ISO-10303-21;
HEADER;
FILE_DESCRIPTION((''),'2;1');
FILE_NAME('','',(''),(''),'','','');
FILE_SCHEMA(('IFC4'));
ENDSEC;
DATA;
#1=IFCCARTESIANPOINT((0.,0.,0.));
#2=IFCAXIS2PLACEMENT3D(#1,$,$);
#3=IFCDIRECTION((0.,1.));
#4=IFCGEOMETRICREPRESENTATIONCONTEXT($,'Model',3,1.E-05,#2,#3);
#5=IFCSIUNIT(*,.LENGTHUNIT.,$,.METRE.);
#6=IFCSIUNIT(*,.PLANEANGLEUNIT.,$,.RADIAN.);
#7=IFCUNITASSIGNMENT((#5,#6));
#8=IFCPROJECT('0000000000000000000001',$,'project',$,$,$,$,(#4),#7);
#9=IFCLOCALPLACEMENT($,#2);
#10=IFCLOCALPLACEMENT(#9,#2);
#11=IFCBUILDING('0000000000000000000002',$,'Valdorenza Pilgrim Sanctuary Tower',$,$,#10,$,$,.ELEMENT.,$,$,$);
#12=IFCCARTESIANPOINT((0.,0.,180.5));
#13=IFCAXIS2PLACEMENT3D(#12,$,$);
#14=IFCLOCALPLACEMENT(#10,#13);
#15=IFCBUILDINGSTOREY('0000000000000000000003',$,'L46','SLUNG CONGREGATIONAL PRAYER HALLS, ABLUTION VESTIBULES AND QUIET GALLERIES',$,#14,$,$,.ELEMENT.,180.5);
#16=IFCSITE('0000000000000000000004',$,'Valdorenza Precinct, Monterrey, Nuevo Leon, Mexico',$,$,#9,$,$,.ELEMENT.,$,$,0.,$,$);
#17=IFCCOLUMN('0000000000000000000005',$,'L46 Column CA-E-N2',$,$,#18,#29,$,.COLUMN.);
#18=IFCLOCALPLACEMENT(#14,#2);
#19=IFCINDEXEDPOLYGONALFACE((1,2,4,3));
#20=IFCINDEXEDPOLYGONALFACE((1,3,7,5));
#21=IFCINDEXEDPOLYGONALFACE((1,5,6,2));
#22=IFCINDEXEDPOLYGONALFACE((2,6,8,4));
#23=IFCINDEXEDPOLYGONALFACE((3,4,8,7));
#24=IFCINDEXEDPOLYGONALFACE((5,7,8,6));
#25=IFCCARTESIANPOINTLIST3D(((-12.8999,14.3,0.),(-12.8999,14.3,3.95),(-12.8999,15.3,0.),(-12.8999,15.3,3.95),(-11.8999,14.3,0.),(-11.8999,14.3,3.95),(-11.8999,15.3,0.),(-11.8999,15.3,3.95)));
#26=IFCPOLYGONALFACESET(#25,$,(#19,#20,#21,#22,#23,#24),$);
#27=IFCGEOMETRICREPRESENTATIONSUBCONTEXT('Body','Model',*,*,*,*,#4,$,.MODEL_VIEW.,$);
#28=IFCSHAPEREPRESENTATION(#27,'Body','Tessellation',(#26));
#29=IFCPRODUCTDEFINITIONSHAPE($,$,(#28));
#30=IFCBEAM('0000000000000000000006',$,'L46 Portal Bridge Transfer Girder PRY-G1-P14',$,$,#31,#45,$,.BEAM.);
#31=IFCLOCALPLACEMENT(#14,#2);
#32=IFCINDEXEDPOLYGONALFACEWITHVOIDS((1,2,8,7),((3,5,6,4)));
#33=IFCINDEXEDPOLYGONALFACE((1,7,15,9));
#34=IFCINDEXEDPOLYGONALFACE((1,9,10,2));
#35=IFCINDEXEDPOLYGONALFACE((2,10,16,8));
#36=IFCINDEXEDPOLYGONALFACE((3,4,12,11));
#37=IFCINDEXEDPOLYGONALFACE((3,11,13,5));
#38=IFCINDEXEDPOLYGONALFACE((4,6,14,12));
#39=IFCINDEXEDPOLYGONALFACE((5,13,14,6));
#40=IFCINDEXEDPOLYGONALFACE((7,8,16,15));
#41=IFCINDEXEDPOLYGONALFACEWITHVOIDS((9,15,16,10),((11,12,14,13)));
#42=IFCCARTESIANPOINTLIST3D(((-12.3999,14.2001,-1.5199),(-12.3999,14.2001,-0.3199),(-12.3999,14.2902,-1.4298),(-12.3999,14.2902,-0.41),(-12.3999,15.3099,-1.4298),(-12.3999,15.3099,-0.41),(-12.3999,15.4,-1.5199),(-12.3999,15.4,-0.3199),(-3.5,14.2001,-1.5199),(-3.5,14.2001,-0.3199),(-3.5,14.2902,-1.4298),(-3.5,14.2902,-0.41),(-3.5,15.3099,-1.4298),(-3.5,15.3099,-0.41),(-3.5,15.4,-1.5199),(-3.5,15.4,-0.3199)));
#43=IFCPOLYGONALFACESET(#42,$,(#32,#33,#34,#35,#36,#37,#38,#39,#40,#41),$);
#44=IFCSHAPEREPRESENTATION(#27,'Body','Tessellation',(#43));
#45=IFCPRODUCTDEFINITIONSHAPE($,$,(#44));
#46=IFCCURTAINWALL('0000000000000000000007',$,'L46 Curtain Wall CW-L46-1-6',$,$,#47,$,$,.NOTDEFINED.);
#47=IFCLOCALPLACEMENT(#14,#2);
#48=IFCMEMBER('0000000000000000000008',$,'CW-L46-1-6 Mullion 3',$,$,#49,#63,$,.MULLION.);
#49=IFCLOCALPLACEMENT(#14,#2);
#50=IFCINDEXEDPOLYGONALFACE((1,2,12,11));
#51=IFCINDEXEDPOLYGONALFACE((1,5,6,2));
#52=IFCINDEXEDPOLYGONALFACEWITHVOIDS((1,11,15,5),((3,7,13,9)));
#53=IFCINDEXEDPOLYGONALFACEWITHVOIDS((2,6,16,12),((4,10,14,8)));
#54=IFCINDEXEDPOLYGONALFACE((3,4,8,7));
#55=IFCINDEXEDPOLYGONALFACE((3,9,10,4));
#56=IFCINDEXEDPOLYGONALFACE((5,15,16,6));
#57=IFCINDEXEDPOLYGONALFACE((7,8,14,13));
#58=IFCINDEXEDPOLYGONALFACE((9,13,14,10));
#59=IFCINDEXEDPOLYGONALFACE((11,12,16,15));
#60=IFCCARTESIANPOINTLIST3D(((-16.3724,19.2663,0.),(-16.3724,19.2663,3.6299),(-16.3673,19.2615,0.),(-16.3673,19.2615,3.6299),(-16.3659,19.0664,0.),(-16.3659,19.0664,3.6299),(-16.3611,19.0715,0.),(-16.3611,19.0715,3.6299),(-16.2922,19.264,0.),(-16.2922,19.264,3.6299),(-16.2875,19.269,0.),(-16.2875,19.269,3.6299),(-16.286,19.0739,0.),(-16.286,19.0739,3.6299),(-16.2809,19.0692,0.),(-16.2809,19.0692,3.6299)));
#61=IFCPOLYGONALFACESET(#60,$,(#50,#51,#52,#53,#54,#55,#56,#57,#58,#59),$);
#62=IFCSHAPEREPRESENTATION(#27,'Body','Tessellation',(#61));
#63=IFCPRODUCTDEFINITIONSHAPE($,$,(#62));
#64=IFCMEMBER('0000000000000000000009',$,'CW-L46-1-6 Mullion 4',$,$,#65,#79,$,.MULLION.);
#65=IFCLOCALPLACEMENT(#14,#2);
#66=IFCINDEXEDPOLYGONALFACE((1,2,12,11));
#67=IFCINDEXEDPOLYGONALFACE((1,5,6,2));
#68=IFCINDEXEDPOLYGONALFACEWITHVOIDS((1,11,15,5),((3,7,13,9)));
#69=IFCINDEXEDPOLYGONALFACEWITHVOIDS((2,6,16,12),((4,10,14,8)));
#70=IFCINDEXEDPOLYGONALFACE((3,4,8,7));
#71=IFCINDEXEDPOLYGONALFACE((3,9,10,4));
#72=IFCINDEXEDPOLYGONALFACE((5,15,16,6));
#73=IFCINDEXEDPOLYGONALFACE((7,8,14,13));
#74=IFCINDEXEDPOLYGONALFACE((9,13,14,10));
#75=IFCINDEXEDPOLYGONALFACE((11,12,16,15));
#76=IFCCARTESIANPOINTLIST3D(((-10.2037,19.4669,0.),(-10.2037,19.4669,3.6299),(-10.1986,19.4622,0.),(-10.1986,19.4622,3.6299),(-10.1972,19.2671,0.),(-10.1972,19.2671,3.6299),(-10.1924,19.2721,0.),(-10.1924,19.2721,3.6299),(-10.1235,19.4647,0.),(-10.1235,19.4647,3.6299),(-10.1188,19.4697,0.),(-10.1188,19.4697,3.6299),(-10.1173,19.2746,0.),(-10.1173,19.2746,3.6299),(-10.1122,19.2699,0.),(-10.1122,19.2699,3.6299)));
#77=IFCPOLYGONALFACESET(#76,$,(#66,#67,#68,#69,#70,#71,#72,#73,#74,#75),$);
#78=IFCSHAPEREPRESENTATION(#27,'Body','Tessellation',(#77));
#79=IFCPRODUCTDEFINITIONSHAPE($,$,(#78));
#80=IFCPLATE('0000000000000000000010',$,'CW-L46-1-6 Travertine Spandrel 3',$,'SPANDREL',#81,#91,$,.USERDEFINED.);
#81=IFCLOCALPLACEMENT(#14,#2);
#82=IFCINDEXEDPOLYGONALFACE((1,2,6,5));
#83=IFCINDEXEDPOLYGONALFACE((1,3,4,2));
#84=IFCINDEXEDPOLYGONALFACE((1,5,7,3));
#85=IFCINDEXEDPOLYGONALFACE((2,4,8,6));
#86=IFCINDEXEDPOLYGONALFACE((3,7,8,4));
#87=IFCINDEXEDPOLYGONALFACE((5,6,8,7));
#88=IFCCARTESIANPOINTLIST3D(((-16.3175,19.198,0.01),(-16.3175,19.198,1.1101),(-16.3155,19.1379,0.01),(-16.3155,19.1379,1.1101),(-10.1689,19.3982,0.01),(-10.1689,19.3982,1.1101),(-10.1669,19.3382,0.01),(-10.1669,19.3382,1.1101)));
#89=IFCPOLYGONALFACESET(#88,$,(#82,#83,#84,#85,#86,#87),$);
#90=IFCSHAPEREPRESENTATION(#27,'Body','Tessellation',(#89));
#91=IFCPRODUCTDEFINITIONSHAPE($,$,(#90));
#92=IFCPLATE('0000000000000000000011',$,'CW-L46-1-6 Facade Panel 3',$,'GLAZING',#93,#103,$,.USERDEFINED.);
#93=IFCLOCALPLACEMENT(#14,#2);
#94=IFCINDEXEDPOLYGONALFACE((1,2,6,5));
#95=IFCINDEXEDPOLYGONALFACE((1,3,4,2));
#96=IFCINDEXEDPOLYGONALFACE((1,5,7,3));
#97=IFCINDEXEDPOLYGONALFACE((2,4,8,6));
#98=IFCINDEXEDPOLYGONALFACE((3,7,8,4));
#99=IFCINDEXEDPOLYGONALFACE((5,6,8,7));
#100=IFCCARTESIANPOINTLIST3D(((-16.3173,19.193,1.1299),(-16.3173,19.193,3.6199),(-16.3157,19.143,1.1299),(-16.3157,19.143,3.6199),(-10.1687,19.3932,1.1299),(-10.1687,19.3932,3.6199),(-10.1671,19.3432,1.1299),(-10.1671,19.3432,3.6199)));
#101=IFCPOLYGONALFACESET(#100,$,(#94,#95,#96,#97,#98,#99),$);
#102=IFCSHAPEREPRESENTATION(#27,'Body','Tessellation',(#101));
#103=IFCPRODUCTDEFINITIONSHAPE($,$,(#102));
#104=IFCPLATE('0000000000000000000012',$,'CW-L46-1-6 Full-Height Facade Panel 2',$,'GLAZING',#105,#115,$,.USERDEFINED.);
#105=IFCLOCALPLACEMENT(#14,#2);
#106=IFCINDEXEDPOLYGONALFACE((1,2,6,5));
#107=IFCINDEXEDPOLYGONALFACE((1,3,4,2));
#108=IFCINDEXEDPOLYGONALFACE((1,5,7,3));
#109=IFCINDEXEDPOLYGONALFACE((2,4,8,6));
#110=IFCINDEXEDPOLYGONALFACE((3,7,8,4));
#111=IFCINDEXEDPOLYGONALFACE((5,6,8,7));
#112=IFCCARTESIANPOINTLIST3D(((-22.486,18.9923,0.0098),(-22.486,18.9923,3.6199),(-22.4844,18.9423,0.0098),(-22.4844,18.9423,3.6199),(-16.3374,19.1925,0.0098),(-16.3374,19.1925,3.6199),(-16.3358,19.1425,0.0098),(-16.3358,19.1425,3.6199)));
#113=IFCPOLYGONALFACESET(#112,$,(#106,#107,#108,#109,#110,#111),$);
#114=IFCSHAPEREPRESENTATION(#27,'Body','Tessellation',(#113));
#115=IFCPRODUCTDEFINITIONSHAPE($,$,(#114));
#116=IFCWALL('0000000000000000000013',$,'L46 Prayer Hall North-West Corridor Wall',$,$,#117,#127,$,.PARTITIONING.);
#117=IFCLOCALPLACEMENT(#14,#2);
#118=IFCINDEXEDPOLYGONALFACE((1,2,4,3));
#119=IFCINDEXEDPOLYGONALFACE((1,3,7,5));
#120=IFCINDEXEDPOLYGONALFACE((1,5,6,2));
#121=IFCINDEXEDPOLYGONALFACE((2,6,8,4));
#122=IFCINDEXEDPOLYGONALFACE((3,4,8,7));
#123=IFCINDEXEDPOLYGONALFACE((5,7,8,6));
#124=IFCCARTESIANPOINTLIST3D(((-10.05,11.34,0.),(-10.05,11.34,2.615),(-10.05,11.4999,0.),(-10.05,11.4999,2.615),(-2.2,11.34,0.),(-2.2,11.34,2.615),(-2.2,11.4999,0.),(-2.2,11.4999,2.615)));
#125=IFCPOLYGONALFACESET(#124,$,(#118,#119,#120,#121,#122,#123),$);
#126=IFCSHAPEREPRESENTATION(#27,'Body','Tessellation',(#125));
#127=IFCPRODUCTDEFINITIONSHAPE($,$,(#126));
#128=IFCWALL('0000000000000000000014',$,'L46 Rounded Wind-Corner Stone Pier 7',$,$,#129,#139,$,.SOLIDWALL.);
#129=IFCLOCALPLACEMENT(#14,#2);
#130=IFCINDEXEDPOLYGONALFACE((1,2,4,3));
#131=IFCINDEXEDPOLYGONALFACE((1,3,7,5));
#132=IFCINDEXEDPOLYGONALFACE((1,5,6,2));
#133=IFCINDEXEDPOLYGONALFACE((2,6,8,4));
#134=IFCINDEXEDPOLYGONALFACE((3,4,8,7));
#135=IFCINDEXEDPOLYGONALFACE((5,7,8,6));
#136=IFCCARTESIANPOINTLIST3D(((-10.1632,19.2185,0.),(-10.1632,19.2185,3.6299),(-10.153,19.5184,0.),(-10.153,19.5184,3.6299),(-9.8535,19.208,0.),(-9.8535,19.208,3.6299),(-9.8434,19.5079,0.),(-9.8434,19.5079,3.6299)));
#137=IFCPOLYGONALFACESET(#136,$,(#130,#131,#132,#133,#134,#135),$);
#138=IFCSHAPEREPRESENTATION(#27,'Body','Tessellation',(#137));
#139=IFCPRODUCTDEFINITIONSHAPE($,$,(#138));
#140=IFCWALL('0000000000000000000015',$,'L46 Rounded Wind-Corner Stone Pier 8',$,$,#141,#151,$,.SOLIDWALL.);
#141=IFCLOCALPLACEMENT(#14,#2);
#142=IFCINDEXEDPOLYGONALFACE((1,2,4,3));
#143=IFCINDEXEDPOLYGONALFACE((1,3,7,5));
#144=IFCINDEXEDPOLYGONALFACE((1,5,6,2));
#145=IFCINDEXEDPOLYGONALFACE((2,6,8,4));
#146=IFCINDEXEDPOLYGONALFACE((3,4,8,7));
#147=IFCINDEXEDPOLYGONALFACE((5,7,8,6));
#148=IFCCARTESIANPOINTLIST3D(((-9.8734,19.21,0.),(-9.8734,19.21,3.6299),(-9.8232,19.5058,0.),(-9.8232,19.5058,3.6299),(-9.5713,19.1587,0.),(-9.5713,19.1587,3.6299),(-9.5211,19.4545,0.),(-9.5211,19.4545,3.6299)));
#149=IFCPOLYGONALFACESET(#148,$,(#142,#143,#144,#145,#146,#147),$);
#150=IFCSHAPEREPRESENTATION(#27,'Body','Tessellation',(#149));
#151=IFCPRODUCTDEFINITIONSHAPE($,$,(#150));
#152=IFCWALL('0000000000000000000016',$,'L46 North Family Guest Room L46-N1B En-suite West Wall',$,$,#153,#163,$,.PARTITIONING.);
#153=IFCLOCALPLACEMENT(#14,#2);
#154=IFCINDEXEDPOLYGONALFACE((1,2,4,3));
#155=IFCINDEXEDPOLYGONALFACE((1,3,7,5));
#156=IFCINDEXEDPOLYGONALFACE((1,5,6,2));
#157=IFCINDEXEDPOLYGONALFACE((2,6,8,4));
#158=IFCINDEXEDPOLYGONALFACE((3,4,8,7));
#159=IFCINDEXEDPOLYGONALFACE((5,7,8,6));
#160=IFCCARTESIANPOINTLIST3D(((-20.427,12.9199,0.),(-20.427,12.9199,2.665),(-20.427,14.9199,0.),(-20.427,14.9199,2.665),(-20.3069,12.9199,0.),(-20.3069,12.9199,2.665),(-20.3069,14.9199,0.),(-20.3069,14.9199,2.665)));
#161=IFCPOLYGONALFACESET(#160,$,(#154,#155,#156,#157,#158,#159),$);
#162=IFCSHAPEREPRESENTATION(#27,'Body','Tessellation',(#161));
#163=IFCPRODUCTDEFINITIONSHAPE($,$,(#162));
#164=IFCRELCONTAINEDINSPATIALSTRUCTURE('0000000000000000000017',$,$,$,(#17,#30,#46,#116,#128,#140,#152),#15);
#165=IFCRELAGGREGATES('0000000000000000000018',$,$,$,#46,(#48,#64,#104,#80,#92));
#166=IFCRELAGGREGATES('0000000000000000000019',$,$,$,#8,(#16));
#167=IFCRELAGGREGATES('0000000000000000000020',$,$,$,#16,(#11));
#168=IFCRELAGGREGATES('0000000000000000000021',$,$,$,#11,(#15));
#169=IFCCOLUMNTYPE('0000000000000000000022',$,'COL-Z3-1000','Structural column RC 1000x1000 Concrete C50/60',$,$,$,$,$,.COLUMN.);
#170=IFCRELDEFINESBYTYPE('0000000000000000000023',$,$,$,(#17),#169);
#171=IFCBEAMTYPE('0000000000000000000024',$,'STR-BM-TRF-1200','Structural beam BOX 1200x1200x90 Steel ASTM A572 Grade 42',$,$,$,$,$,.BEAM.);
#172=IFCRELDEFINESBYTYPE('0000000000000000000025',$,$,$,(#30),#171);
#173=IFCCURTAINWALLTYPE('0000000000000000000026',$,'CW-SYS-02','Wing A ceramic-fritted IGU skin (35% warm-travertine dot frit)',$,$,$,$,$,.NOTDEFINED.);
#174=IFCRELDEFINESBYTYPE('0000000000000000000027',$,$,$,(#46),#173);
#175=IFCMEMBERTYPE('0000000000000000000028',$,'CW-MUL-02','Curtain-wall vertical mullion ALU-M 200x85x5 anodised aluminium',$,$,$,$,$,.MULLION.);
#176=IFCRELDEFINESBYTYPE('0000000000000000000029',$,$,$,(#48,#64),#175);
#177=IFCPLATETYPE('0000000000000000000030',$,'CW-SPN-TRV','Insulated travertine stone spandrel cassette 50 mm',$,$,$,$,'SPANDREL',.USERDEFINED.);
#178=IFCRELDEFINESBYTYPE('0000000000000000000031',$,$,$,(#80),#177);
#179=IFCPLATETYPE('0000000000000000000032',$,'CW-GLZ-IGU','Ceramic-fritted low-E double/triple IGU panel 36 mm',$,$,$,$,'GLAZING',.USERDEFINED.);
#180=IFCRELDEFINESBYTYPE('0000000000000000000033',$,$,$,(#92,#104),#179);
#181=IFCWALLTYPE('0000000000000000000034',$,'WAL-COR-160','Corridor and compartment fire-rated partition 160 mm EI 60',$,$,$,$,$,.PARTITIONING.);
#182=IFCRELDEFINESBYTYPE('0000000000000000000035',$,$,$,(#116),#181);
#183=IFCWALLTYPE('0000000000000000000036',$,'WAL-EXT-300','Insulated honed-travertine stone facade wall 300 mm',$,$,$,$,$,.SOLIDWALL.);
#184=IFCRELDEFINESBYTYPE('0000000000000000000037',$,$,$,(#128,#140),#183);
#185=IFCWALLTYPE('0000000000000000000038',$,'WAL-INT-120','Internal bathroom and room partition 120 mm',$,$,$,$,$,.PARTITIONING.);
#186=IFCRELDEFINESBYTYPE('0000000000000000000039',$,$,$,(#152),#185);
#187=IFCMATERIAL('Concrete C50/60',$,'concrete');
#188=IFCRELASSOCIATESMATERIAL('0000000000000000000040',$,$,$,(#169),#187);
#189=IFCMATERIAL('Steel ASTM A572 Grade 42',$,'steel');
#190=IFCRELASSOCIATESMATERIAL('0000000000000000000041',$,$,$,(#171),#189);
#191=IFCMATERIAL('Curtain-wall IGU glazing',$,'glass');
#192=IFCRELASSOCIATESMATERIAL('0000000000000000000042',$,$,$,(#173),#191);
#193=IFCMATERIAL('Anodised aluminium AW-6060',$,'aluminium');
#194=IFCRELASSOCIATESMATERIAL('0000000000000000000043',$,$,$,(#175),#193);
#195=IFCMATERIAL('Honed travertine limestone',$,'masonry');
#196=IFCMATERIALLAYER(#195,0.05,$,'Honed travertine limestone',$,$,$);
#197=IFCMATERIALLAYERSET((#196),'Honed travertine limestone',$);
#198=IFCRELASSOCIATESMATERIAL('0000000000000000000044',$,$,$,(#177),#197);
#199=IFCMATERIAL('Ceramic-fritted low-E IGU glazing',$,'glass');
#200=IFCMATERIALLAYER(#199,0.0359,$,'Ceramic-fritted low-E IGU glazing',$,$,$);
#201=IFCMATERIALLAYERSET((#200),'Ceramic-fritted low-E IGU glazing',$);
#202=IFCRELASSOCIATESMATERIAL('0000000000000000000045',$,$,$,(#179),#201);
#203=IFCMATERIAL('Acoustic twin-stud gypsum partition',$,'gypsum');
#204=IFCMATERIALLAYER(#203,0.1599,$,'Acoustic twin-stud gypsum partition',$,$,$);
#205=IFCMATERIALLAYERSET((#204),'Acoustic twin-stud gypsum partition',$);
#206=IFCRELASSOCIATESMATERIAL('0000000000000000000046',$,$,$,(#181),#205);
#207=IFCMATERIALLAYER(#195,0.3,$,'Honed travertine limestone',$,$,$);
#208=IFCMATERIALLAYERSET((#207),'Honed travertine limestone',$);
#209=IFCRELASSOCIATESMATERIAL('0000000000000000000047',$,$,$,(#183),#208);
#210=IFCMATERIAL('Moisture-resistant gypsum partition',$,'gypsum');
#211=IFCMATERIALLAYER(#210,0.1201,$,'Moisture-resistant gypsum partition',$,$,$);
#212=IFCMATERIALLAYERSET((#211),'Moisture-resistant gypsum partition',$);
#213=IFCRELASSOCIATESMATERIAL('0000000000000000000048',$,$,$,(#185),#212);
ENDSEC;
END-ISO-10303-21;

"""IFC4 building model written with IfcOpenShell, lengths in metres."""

from ifc_helpers import new_model, si_unit, direction, frame, frame_2d, origin, origin_2d, place, context, subcontext, project, spatial, rectangle, hollow_rectangle, extrude, source, transform, mapped, material, layer, layer_set, material_profile, profile_set, type_object, element, aggregate, save


model = new_model("IFC4")

# Units and contexts
model_context = context("Model", 3, precision=1e-05, world=origin(), true_north=direction((0.0, 1.0)))
body_context = subcontext(model_context, "Body", "Model", "MODEL_VIEW")
ifc_project = project(units=[si_unit("LENGTHUNIT", "METRE"), si_unit("PLANEANGLEUNIT", "RADIAN")], contexts=[model_context])

# Site, building, storey
site_placement = place(None, origin())
site = spatial("IfcSite", under=ifc_project, at=site_placement, Name="Valdorenza Precinct, Monterrey, Nuevo Leon, Mexico", CompositionType="ELEMENT", RefElevation=0.0)
building_placement = place(site_placement, origin())
building = spatial("IfcBuilding", under=site, at=building_placement, Name="Valdorenza Pilgrim Sanctuary Tower", CompositionType="ELEMENT")
storey_placement = place(building_placement, frame((0.0, 0.0, 180.5)))
storey = spatial("IfcBuildingStorey", under=building, at=storey_placement, Name="L46", Description="SLUNG CONGREGATIONAL PRAYER HALLS, ABLUTION VESTIBULES AND QUIET GALLERIES", CompositionType="ELEMENT", Elevation=180.5)

# Column
ifc_material_1 = material(Name="Concrete C50/60", Category="concrete")
ifc_material_profile_1 = material_profile(ifc_material_1, rectangle(XDim=1.0, YDim=1.0, at=origin_2d()), Name="RC 1000x1000")
ifc_profile_set_1 = profile_set([ifc_material_profile_1], Name="Concrete C50/60")
column_type = type_object("IfcColumnType", Name="COL-Z3-1000", Description="Structural column RC 1000x1000 Concrete C50/60", PredefinedType="COLUMN", material=ifc_profile_set_1)
shared_shape_1 = source(origin(), body_context, "Body", "SweptSolid", [
    extrude(rectangle(XDim=1.0, YDim=1.0, at=origin_2d()), origin(), (0.0, 0.0, 1.0), 3.95),
])
column_placement = place(storey_placement, frame((-12.3999, 14.8, 0.0), z_axis=(0.0, 0.0, 1.0), x_axis=(1.0, 0.0, 0.0)))
element("IfcColumn", 1, at=column_placement, inside=storey, type_object=column_type, Name="L46 Column CA-E-N2", PredefinedType="COLUMN", context=body_context, shape_type="MappedRepresentation", body=[
    mapped(shared_shape_1, transform((0.0, 0.0, 0.0), x_axis=(1.0, 0.0, 0.0), y_axis=(0.0, 1.0, 0.0), z_axis=(0.0, 0.0, 1.0), scale=1.0)),
])

# Beam
ifc_material_2 = material(Name="Steel ASTM A572 Grade 42", Category="steel")
ifc_material_profile_2 = material_profile(ifc_material_2, hollow_rectangle(XDim=1.2, YDim=1.2, WallThickness=0.0901, at=origin_2d()), Name="BOX 1200x1200x90")
ifc_profile_set_2 = profile_set([ifc_material_profile_2], Name="Steel ASTM A572 Grade 42")
beam_type = type_object("IfcBeamType", Name="STR-BM-TRF-1200", Description="Structural beam BOX 1200x1200x90 Steel ASTM A572 Grade 42", PredefinedType="BEAM", material=ifc_profile_set_2)
shared_shape_2 = source(origin(), body_context, "Body", "SweptSolid", [
    extrude(hollow_rectangle(XDim=1.2, YDim=1.2, WallThickness=0.0901, at=origin_2d()), origin(), (0.0, 0.0, 1.0), 8.8999),
])
beam_placement = place(storey_placement, frame((-12.3999, 14.8, -0.9199), z_axis=(1.0, 0.0, 0.0), x_axis=(0.0, 1.0, 0.0)))
element("IfcBeam", 2, at=beam_placement, inside=storey, type_object=beam_type, Name="L46 Portal Bridge Transfer Girder PRY-G1-P14", PredefinedType="BEAM", context=body_context, shape_type="MappedRepresentation", body=[
    mapped(shared_shape_2, transform((0.0, 0.0, 0.0), x_axis=(1.0, 0.0, 0.0), y_axis=(0.0, 1.0, 0.0), z_axis=(0.0, 0.0, 1.0), scale=1.0)),
])

# Curtain wall, members, plates
ifc_material_3 = material(Name="Curtain-wall IGU glazing", Category="glass")
curtain_wall_type = type_object("IfcCurtainWallType", Name="CW-SYS-02", Description="Wing A ceramic-fritted IGU skin (35% warm-travertine dot frit)", PredefinedType="NOTDEFINED", material=ifc_material_3)
curtain_wall_placement = place(storey_placement, origin())
curtain_wall = element("IfcCurtainWall", 3, at=curtain_wall_placement, inside=storey, type_object=curtain_wall_type, Name="L46 Curtain Wall CW-L46-1-6", PredefinedType="NOTDEFINED")
ifc_material_4 = material(Name="Anodised aluminium AW-6060", Category="aluminium")
ifc_material_profile_3 = material_profile(ifc_material_4, hollow_rectangle(XDim=0.085, YDim=0.2, WallThickness=0.0049, at=origin_2d()), Name="ALU-M 200x85x5")
ifc_profile_set_3 = profile_set([ifc_material_profile_3], Name="Anodised aluminium AW-6060")
member_type = type_object("IfcMemberType", Name="CW-MUL-02", Description="Curtain-wall vertical mullion ALU-M 200x85x5 anodised aluminium", PredefinedType="MULLION", material=ifc_profile_set_3)
shared_shape_3 = source(origin(), body_context, "Body", "SweptSolid", [
    extrude(hollow_rectangle(XDim=0.085, YDim=0.2, WallThickness=0.0049, at=origin_2d()), origin(), (0.0, 0.0, 1.0), 3.6299),
])
member_1_placement = place(storey_placement, frame((-16.3267, 19.1677, 0.0), z_axis=(0.0, 0.0, 1.0), x_axis=(0.99947, 0.032545, 0.0)))
member_1 = element("IfcMember", 4, at=member_1_placement, type_object=member_type, Name="CW-L46-1-6 Mullion 3", PredefinedType="MULLION", context=body_context, shape_type="MappedRepresentation", body=[
    mapped(shared_shape_3, transform((0.0, 0.0, 0.0), x_axis=(1.0, 0.0, 0.0), y_axis=(0.0, 1.0, 0.0), z_axis=(0.0, 0.0, 1.0), scale=1.0)),
])
member_2_placement = place(storey_placement, frame((-10.158, 19.3684, 0.0), z_axis=(0.0, 0.0, 1.0), x_axis=(0.99947, 0.032545, 0.0)))
member_2 = element("IfcMember", 5, at=member_2_placement, type_object=member_type, Name="CW-L46-1-6 Mullion 4", PredefinedType="MULLION", context=body_context, shape_type="MappedRepresentation", body=[
    mapped(shared_shape_3, transform((0.0, 0.0, 0.0), x_axis=(1.0, 0.0, 0.0), y_axis=(0.0, 1.0, 0.0), z_axis=(0.0, 0.0, 1.0), scale=1.0)),
])
ifc_material_5 = material(Name="Honed travertine limestone", Category="masonry")
ifc_layer_1 = layer(ifc_material_5, 0.05, Name="Honed travertine limestone")
ifc_layer_set_1 = layer_set([ifc_layer_1], Name="Honed travertine limestone")
plate_type_1 = type_object("IfcPlateType", Name="CW-SPN-TRV", Description="Insulated travertine stone spandrel cassette 50 mm", ElementType="SPANDREL", PredefinedType="USERDEFINED", material=ifc_layer_set_1)
shared_shape_4 = source(origin(), body_context, "Body", "SweptSolid", [
    extrude(rectangle(XDim=6.1519, YDim=0.0601, at=origin_2d()), origin(), (0.0, 0.0, 1.0), 1.1001),
])
plate_1_placement = place(storey_placement, frame((-13.2422, 19.2681, 0.01), z_axis=(0.0, 0.0, 1.0), x_axis=(0.99947, 0.032545, 0.0)))
plate_1 = element("IfcPlate", 6, at=plate_1_placement, type_object=plate_type_1, Name="CW-L46-1-6 Travertine Spandrel 3", ObjectType="SPANDREL", PredefinedType="USERDEFINED", context=body_context, shape_type="MappedRepresentation", body=[
    mapped(shared_shape_4, transform((0.0, 0.0, 0.0), x_axis=(1.0, 0.0, 0.0), y_axis=(0.0, 1.0, 0.0), z_axis=(0.0, 0.0, 1.0), scale=1.0)),
])
ifc_material_6 = material(Name="Ceramic-fritted low-E IGU glazing", Category="glass")
ifc_layer_2 = layer(ifc_material_6, 0.0359, Name="Ceramic-fritted low-E IGU glazing")
ifc_layer_set_2 = layer_set([ifc_layer_2], Name="Ceramic-fritted low-E IGU glazing")
plate_type_2 = type_object("IfcPlateType", Name="CW-GLZ-IGU", Description="Ceramic-fritted low-E double/triple IGU panel 36 mm", ElementType="GLAZING", PredefinedType="USERDEFINED", material=ifc_layer_set_2)
shared_shape_5 = source(origin(), body_context, "Body", "SweptSolid", [
    extrude(rectangle(XDim=6.1519, YDim=0.05, at=origin_2d()), origin(), (0.0, 0.0, 1.0), 2.49),
])
plate_2_placement = place(storey_placement, frame((-13.2422, 19.2681, 1.1299), z_axis=(0.0, 0.0, 1.0), x_axis=(0.99947, 0.032545, 0.0)))
plate_2 = element("IfcPlate", 7, at=plate_2_placement, type_object=plate_type_2, Name="CW-L46-1-6 Facade Panel 3", ObjectType="GLAZING", PredefinedType="USERDEFINED", context=body_context, shape_type="MappedRepresentation", body=[
    mapped(shared_shape_5, transform((0.0, 0.0, 0.0), x_axis=(1.0, 0.0, 0.0), y_axis=(0.0, 1.0, 0.0), z_axis=(0.0, 0.0, 1.0), scale=1.0)),
])
shared_shape_6 = source(origin(), body_context, "Body", "SweptSolid", [
    extrude(rectangle(XDim=6.1519, YDim=0.05, at=origin_2d()), origin(), (0.0, 0.0, 1.0), 3.6101),
])
plate_3_placement = place(storey_placement, frame((-19.4109, 19.0674, 0.0098), z_axis=(0.0, 0.0, 1.0), x_axis=(0.99947, 0.032545, 0.0)))
plate_3 = element("IfcPlate", 8, at=plate_3_placement, type_object=plate_type_2, Name="CW-L46-1-6 Full-Height Facade Panel 2", ObjectType="GLAZING", PredefinedType="USERDEFINED", context=body_context, shape_type="MappedRepresentation", body=[
    mapped(shared_shape_6, transform((0.0, 0.0, 0.0), x_axis=(1.0, 0.0, 0.0), y_axis=(0.0, 1.0, 0.0), z_axis=(0.0, 0.0, 1.0), scale=1.0)),
])
aggregate(curtain_wall, [member_1, member_2, plate_3, plate_1, plate_2])

# Walls
ifc_material_7 = material(Name="Acoustic twin-stud gypsum partition", Category="gypsum")
ifc_layer_3 = layer(ifc_material_7, 0.1599, Name="Acoustic twin-stud gypsum partition")
ifc_layer_set_3 = layer_set([ifc_layer_3], Name="Acoustic twin-stud gypsum partition")
wall_type_1 = type_object("IfcWallType", Name="WAL-COR-160", Description="Corridor and compartment fire-rated partition 160 mm EI 60", PredefinedType="PARTITIONING", material=ifc_layer_set_3)
wall_1_placement = place(storey_placement, frame((-10.05, 11.4199, 0.0), z_axis=(0.0, 0.0, 1.0), x_axis=(1.0, 0.0, 0.0)))
element("IfcWall", 9, at=wall_1_placement, inside=storey, type_object=wall_type_1, Name="L46 Prayer Hall North-West Corridor Wall", PredefinedType="PARTITIONING", context=body_context, shape_type="SweptSolid", body=[
    extrude(rectangle(XDim=7.8501, YDim=0.1599, at=frame_2d((3.925, 0.0))), origin(), (0.0, 0.0, 1.0), 2.615),
])
ifc_layer_4 = layer(ifc_material_5, 0.3, Name="Honed travertine limestone")
ifc_layer_set_4 = layer_set([ifc_layer_4], Name="Honed travertine limestone")
wall_type_2 = type_object("IfcWallType", Name="WAL-EXT-300", Description="Insulated honed-travertine stone facade wall 300 mm", PredefinedType="SOLIDWALL", material=ifc_layer_set_4)
wall_2_placement = place(storey_placement, frame((-10.158, 19.3684, 0.0), z_axis=(0.0, 0.0, 1.0), x_axis=(0.999425, -0.033892, 0.0)))
element("IfcWall", 10, at=wall_2_placement, inside=storey, type_object=wall_type_2, Name="L46 Rounded Wind-Corner Stone Pier 7", PredefinedType="SOLIDWALL", context=body_context, shape_type="SweptSolid", body=[
    extrude(rectangle(XDim=0.3098, YDim=0.3, at=frame_2d((0.1548, 0.0))), origin(), (0.0, 0.0, 1.0), 3.6299),
])
wall_3_placement = place(storey_placement, frame((-9.8484, 19.3579, 0.0), z_axis=(0.0, 0.0, 1.0), x_axis=(0.985894, -0.167371, 0.0)))
element("IfcWall", 11, at=wall_3_placement, inside=storey, type_object=wall_type_2, Name="L46 Rounded Wind-Corner Stone Pier 8", PredefinedType="SOLIDWALL", context=body_context, shape_type="SweptSolid", body=[
    extrude(rectangle(XDim=0.3064, YDim=0.3, at=frame_2d((0.1533, 0.0))), origin(), (0.0, 0.0, 1.0), 3.6299),
])
ifc_material_8 = material(Name="Moisture-resistant gypsum partition", Category="gypsum")
ifc_layer_5 = layer(ifc_material_8, 0.1201, Name="Moisture-resistant gypsum partition")
ifc_layer_set_5 = layer_set([ifc_layer_5], Name="Moisture-resistant gypsum partition")
wall_type_3 = type_object("IfcWallType", Name="WAL-INT-120", Description="Internal bathroom and room partition 120 mm", PredefinedType="PARTITIONING", material=ifc_layer_set_5)
wall_4_placement = place(storey_placement, frame((-20.3669, 12.9199, 0.0), z_axis=(0.0, 0.0, 1.0), x_axis=(0.0, 1.0, 0.0)))
element("IfcWall", 12, at=wall_4_placement, inside=storey, type_object=wall_type_3, Name="L46 North Family Guest Room L46-N1B En-suite West Wall", PredefinedType="PARTITIONING", context=body_context, shape_type="SweptSolid", body=[
    extrude(rectangle(XDim=2.0, YDim=0.1201, at=frame_2d((1.0, 0.0))), origin(), (0.0, 0.0, 1.0), 2.665),
])

save(model, "model.ifc")
